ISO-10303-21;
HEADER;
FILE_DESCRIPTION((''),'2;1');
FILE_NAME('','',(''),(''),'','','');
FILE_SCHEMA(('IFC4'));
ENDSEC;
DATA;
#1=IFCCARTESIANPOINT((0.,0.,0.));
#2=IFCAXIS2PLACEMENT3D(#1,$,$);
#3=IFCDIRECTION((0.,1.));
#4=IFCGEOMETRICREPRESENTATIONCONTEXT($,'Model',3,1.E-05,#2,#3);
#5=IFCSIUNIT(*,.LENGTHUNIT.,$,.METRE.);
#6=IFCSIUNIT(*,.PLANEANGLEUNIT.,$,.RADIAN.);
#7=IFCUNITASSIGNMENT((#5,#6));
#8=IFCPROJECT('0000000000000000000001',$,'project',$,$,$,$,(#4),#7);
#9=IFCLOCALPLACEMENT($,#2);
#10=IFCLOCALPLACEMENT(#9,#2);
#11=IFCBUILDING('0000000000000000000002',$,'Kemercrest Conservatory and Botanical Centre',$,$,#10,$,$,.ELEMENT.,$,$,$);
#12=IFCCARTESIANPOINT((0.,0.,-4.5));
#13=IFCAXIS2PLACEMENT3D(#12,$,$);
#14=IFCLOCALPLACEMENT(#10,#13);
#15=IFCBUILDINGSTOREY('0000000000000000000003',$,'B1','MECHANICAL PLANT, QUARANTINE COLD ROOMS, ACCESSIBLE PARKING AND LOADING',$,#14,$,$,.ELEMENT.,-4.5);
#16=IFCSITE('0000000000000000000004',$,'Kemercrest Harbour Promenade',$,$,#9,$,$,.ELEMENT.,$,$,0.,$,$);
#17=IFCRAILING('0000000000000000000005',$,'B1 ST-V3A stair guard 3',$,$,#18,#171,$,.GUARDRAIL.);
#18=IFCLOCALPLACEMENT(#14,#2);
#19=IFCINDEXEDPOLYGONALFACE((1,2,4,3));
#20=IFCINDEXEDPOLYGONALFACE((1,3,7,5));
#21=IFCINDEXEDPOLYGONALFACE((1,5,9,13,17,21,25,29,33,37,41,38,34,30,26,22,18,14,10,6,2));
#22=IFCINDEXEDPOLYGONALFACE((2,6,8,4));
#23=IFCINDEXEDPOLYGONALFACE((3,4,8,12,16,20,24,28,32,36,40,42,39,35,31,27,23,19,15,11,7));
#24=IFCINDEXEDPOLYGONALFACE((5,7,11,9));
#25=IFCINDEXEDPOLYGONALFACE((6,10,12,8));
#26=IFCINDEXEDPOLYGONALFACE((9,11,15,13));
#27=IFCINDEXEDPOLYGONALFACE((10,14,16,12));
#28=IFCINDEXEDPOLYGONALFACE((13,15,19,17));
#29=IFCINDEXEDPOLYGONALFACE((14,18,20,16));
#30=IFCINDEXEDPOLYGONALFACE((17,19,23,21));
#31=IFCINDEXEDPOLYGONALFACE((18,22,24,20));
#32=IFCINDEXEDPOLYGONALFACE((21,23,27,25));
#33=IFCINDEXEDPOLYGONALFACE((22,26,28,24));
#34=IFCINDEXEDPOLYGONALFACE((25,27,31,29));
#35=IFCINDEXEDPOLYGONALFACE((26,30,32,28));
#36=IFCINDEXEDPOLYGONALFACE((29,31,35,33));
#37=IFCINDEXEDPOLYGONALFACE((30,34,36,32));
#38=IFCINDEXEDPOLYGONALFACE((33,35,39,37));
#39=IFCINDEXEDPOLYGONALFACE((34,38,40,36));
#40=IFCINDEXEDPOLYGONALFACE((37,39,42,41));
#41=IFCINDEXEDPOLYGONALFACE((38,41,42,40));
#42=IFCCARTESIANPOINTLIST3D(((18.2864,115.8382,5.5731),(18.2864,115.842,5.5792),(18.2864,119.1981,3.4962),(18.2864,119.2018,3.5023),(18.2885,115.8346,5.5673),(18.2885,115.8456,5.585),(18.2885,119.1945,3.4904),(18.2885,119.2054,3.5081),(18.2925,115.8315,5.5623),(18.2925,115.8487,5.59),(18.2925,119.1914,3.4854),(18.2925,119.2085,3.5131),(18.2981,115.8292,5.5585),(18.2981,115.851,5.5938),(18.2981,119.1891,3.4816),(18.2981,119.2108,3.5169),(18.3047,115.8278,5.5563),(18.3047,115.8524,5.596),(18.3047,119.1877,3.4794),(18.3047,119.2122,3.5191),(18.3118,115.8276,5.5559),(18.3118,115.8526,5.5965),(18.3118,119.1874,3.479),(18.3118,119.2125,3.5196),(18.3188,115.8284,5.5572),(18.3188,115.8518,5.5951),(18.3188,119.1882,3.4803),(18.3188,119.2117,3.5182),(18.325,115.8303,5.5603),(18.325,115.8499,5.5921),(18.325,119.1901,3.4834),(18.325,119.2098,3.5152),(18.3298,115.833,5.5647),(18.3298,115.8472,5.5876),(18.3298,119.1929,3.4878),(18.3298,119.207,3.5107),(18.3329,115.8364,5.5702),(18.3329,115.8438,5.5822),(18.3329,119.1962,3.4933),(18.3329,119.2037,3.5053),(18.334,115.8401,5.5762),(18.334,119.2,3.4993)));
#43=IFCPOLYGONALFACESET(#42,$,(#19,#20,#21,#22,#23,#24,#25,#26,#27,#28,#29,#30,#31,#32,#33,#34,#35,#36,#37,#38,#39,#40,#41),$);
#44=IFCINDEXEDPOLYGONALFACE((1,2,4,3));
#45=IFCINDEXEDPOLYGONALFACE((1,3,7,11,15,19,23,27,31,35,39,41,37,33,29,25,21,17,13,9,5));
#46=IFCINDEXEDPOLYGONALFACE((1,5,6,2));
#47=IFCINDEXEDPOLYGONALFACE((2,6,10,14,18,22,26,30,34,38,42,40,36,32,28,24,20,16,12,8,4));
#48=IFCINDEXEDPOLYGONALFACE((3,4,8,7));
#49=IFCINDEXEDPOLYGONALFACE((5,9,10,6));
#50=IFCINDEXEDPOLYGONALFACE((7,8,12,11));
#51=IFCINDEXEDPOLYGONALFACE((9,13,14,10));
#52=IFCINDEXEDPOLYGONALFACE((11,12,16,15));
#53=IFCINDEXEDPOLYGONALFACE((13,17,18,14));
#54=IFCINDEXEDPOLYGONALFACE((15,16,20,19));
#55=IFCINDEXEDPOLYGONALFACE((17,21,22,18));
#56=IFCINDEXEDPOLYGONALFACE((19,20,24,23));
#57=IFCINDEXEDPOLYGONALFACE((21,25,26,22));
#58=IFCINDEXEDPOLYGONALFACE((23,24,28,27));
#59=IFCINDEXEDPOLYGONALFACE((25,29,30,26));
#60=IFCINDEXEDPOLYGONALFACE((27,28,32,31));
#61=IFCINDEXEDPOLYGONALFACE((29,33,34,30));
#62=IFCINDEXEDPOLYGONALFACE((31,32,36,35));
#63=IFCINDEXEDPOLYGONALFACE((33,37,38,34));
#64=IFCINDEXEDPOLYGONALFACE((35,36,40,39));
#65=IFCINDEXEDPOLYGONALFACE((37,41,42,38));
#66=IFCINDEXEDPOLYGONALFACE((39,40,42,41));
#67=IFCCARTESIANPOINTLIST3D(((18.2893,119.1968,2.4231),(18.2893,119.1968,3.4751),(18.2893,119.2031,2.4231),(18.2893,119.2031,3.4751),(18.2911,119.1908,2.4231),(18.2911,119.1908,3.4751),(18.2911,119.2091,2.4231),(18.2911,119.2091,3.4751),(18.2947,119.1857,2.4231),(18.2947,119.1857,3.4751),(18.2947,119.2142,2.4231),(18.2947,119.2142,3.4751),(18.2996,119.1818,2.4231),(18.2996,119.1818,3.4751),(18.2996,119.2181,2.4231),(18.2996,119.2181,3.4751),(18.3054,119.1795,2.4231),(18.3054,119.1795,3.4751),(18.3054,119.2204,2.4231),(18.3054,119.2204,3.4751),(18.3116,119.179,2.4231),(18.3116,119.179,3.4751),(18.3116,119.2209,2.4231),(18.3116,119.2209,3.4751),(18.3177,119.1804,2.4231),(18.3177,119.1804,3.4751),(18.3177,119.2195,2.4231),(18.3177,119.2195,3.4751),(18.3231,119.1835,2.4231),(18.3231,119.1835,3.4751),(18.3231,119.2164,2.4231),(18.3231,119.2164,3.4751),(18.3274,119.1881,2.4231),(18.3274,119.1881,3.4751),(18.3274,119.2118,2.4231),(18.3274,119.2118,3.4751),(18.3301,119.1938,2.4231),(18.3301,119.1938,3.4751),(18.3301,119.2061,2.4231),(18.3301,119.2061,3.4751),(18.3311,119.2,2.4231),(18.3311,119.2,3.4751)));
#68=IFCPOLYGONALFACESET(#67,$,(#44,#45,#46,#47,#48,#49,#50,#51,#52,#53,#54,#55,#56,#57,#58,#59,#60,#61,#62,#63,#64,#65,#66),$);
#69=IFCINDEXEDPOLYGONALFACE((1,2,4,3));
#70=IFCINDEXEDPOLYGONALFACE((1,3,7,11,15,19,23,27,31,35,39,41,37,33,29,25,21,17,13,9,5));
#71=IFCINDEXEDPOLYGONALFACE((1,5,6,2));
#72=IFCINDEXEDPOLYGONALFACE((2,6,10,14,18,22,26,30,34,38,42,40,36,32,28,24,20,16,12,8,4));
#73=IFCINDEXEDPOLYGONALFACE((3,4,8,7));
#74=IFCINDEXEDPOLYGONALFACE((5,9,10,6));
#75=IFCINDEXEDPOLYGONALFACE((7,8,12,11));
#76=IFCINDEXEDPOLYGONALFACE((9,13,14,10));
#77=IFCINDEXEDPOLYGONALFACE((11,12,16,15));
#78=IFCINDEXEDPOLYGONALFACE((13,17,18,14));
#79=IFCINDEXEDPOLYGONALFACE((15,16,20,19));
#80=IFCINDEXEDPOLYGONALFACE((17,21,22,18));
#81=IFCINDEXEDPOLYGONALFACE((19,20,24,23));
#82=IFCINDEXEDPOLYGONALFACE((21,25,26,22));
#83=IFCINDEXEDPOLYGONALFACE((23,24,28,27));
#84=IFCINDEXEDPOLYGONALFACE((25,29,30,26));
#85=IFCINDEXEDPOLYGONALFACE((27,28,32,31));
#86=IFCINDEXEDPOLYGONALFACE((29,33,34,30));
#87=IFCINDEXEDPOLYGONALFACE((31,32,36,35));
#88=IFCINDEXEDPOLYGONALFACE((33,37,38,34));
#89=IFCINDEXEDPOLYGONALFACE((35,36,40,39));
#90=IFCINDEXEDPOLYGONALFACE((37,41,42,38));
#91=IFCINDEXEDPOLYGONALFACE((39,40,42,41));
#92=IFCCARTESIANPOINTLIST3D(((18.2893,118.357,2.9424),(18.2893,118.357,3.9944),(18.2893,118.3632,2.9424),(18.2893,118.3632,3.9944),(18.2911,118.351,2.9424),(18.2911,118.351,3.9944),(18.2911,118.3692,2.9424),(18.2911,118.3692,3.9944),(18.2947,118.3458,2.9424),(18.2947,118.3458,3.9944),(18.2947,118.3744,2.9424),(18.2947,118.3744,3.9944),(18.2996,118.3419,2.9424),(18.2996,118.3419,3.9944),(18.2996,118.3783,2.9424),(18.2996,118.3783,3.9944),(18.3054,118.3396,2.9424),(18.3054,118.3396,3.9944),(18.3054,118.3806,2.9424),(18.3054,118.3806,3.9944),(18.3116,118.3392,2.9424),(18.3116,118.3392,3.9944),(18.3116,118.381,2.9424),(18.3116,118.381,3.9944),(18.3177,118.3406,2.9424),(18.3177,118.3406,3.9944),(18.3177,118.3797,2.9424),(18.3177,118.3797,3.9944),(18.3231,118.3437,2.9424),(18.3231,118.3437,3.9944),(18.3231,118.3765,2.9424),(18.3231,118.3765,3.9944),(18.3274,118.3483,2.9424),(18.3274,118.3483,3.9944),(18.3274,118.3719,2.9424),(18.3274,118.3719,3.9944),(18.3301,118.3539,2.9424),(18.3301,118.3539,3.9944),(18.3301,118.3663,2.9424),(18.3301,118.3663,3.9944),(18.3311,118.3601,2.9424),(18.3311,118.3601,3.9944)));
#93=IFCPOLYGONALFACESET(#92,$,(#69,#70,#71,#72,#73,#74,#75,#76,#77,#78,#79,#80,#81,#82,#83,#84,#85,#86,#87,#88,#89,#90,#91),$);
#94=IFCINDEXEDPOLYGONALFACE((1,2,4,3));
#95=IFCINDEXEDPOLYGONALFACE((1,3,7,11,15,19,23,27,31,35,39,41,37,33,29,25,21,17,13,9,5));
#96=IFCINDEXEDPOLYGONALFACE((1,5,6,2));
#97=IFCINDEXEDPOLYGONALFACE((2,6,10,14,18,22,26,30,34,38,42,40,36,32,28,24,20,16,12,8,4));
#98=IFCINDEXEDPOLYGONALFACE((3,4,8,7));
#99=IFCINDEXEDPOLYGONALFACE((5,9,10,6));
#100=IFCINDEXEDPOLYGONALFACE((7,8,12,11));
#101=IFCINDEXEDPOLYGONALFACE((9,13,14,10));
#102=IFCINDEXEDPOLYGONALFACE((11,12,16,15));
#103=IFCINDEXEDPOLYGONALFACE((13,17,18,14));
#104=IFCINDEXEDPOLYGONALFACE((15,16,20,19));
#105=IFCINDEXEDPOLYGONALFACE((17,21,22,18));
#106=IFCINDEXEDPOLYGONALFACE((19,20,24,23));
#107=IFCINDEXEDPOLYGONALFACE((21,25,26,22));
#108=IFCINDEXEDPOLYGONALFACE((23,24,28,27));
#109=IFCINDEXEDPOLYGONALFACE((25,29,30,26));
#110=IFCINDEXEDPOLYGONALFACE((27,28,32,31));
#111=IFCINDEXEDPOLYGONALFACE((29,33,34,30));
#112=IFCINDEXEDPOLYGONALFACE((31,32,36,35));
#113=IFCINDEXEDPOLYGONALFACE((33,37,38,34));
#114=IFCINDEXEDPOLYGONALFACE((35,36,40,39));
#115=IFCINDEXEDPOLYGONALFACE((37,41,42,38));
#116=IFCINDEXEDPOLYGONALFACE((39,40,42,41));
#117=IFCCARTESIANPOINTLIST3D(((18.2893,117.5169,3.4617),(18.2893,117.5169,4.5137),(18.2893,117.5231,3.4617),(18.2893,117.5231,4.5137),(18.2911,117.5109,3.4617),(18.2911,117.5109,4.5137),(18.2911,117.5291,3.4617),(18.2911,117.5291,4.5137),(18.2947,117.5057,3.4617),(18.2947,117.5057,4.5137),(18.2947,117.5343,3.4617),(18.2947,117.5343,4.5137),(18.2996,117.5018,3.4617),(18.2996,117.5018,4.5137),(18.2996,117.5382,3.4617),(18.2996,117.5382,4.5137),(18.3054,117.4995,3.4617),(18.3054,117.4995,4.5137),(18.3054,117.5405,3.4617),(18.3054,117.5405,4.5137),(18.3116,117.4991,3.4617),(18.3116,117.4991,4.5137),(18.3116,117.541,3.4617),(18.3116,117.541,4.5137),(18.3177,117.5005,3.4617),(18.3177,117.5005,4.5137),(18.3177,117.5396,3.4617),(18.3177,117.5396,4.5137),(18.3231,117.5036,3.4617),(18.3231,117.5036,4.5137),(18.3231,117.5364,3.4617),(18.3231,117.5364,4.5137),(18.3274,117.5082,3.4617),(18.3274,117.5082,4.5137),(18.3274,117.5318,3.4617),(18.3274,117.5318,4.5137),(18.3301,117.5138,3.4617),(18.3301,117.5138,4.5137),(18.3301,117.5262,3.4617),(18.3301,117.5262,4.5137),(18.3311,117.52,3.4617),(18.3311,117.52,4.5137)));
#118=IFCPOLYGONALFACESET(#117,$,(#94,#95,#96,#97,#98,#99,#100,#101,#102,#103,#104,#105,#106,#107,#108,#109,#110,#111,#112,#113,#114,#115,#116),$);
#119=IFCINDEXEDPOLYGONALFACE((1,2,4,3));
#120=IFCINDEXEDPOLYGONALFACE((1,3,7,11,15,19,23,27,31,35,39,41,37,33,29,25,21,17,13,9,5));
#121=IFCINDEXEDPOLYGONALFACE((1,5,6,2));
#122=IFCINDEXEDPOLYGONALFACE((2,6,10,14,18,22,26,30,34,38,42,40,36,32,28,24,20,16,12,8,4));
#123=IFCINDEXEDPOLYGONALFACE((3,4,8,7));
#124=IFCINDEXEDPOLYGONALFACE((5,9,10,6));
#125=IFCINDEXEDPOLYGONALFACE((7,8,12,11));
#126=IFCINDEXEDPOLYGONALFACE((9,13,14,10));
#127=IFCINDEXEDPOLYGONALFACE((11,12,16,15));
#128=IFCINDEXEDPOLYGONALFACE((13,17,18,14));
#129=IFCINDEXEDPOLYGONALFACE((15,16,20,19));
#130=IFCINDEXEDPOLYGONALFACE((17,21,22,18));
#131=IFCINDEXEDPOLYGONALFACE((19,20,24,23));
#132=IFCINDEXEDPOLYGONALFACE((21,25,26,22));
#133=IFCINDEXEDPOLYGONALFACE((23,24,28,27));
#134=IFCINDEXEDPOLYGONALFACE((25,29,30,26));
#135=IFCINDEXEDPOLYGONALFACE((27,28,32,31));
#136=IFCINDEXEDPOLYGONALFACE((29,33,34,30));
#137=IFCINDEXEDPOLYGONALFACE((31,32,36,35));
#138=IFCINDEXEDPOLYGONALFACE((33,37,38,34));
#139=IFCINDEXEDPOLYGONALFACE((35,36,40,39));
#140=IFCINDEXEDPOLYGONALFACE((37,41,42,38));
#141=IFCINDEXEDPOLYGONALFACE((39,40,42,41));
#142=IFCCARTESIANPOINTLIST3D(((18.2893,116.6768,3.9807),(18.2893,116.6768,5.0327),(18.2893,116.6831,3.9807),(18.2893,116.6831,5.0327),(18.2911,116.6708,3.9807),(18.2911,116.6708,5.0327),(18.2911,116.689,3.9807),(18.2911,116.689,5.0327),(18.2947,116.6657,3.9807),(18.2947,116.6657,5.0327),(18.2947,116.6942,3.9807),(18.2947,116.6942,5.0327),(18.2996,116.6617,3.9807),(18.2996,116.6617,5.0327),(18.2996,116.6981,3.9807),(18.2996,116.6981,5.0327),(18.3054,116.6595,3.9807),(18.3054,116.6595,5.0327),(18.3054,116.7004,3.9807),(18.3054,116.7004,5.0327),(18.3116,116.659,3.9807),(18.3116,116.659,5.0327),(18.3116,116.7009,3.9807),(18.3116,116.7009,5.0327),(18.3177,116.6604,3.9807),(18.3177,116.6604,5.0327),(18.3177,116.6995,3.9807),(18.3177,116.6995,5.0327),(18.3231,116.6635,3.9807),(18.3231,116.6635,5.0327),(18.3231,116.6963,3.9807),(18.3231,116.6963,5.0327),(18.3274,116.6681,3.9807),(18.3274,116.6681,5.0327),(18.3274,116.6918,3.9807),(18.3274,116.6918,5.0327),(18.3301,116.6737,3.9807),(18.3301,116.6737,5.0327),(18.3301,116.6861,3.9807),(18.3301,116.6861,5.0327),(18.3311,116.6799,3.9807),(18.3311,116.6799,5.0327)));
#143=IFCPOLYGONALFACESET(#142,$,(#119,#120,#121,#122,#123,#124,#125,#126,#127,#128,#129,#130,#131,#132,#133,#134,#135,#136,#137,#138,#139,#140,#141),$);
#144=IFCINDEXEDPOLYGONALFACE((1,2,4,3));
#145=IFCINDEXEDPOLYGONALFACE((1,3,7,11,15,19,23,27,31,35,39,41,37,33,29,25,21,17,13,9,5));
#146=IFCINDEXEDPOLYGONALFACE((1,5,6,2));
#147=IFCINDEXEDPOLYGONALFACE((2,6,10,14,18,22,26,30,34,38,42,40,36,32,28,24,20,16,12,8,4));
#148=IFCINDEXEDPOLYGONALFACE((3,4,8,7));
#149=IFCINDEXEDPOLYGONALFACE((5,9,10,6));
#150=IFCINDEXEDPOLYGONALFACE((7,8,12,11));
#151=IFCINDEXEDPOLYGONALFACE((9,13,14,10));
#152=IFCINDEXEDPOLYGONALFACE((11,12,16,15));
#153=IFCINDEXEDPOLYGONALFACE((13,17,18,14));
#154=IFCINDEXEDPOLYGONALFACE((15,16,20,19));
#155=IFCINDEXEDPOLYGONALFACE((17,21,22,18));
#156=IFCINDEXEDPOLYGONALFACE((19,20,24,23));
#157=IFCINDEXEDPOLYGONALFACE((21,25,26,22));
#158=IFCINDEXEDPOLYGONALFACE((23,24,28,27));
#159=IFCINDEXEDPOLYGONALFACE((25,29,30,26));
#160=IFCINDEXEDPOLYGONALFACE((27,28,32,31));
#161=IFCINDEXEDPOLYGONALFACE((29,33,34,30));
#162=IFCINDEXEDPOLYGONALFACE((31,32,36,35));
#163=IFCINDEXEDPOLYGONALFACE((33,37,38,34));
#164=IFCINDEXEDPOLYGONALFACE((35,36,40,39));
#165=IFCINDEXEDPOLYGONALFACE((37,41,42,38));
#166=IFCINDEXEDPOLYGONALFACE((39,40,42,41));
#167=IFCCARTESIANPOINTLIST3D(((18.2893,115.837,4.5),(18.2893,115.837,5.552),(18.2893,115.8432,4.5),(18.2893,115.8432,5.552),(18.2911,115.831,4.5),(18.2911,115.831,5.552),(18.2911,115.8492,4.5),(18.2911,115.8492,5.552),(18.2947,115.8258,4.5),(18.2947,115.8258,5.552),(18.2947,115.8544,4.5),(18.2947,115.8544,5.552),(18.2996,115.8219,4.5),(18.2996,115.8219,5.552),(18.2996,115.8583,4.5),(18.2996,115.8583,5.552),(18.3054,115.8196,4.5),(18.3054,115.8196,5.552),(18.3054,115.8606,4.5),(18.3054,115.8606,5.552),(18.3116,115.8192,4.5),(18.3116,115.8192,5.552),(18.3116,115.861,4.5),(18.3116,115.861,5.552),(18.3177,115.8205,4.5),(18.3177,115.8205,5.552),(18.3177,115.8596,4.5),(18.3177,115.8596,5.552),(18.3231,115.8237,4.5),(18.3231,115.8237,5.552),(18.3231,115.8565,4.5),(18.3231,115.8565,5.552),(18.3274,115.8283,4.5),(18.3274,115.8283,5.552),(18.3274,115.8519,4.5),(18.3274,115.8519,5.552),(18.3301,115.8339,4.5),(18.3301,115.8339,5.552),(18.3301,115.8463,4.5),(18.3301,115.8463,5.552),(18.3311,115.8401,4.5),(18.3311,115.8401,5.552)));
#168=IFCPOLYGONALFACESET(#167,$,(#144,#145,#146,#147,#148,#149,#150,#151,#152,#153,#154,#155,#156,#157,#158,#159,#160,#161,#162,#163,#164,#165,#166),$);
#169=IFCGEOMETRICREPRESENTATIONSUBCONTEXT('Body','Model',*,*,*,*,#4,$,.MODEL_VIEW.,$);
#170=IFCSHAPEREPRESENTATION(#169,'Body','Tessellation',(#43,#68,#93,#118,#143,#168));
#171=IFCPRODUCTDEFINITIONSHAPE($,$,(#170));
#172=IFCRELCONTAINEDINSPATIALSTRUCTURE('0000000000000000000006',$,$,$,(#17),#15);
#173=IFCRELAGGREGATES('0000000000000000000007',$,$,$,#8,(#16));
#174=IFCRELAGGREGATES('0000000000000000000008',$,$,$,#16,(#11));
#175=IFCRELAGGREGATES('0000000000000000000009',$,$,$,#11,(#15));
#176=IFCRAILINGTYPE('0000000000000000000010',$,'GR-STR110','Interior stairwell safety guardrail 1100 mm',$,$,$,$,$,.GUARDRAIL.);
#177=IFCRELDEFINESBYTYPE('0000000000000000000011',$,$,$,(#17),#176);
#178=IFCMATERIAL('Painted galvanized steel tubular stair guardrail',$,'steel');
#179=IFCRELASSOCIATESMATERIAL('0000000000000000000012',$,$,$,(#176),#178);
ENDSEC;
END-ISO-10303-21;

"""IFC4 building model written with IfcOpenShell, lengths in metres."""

from ifc_helpers import new_model, si_unit, direction, frame, origin, origin_2d, place, context, subcontext, project, spatial, circle, extrude, material, type_object, element, save


model = new_model("IFC4")

# Units and contexts
model_context = context("Model", 3, precision=1e-05, world=origin(), true_north=direction((0.0, 1.0)))
body_context = subcontext(model_context, "Body", "Model", "MODEL_VIEW")
ifc_project = project(units=[si_unit("LENGTHUNIT", "METRE"), si_unit("PLANEANGLEUNIT", "RADIAN")], contexts=[model_context])

# Site, building, storey
site_placement = place(None, origin())
site = spatial("IfcSite", under=ifc_project, at=site_placement, Name="Kemercrest Harbour Promenade", CompositionType="ELEMENT", RefElevation=0.0)
building_placement = place(site_placement, origin())
building = spatial("IfcBuilding", under=site, at=building_placement, Name="Kemercrest Conservatory and Botanical Centre", CompositionType="ELEMENT")
storey_placement = place(building_placement, frame((0.0, 0.0, -4.5)))
storey = spatial("IfcBuildingStorey", under=building, at=storey_placement, Name="B1", Description="MECHANICAL PLANT, QUARANTINE COLD ROOMS, ACCESSIBLE PARKING AND LOADING", CompositionType="ELEMENT", Elevation=-4.5)

# Railing
ifc_material_1 = material(Name="Painted galvanized steel tubular stair guardrail", Category="steel")
railing_type_1 = type_object("IfcRailingType", Name="GR-STR110", Description="Interior stairwell safety guardrail 1100 mm", PredefinedType="GUARDRAIL", material=ifc_material_1)
railing_1_placement = place(storey_placement, frame((18.3101, 119.2, 2.4231)))
element("IfcRailing", 1, at=railing_1_placement, inside=storey, type_object=railing_type_1, Name="B1 ST-V3A stair guard 3", PredefinedType="GUARDRAIL", context=body_context, shape_type="SweptSolid", body=[
    extrude(circle(Radius=0.0239, at=origin_2d()), frame((0.0, 0.0, 1.0762), z_axis=(0.0, -0.850606, 0.525803), x_axis=(1.0, 0.0, 0.0)), (0.0, 0.0, 1.0), 3.95),
    extrude(circle(Radius=0.021, at=origin_2d()), origin(), (0.0, 0.0, 1.0), 1.052),
    extrude(circle(Radius=0.021, at=origin_2d()), frame((0.0, -0.8398, 0.5193)), (0.0, 0.0, 1.0), 1.052),
    extrude(circle(Radius=0.021, at=origin_2d()), frame((0.0, -1.6799, 1.0386)), (0.0, 0.0, 1.0), 1.052),
    extrude(circle(Radius=0.021, at=origin_2d()), frame((0.0, -2.52, 1.5576)), (0.0, 0.0, 1.0), 1.052),
    extrude(circle(Radius=0.021, at=origin_2d()), frame((0.0, -3.3599, 2.0769)), (0.0, 0.0, 1.0), 1.052),
])

save(model, "model.ifc")
